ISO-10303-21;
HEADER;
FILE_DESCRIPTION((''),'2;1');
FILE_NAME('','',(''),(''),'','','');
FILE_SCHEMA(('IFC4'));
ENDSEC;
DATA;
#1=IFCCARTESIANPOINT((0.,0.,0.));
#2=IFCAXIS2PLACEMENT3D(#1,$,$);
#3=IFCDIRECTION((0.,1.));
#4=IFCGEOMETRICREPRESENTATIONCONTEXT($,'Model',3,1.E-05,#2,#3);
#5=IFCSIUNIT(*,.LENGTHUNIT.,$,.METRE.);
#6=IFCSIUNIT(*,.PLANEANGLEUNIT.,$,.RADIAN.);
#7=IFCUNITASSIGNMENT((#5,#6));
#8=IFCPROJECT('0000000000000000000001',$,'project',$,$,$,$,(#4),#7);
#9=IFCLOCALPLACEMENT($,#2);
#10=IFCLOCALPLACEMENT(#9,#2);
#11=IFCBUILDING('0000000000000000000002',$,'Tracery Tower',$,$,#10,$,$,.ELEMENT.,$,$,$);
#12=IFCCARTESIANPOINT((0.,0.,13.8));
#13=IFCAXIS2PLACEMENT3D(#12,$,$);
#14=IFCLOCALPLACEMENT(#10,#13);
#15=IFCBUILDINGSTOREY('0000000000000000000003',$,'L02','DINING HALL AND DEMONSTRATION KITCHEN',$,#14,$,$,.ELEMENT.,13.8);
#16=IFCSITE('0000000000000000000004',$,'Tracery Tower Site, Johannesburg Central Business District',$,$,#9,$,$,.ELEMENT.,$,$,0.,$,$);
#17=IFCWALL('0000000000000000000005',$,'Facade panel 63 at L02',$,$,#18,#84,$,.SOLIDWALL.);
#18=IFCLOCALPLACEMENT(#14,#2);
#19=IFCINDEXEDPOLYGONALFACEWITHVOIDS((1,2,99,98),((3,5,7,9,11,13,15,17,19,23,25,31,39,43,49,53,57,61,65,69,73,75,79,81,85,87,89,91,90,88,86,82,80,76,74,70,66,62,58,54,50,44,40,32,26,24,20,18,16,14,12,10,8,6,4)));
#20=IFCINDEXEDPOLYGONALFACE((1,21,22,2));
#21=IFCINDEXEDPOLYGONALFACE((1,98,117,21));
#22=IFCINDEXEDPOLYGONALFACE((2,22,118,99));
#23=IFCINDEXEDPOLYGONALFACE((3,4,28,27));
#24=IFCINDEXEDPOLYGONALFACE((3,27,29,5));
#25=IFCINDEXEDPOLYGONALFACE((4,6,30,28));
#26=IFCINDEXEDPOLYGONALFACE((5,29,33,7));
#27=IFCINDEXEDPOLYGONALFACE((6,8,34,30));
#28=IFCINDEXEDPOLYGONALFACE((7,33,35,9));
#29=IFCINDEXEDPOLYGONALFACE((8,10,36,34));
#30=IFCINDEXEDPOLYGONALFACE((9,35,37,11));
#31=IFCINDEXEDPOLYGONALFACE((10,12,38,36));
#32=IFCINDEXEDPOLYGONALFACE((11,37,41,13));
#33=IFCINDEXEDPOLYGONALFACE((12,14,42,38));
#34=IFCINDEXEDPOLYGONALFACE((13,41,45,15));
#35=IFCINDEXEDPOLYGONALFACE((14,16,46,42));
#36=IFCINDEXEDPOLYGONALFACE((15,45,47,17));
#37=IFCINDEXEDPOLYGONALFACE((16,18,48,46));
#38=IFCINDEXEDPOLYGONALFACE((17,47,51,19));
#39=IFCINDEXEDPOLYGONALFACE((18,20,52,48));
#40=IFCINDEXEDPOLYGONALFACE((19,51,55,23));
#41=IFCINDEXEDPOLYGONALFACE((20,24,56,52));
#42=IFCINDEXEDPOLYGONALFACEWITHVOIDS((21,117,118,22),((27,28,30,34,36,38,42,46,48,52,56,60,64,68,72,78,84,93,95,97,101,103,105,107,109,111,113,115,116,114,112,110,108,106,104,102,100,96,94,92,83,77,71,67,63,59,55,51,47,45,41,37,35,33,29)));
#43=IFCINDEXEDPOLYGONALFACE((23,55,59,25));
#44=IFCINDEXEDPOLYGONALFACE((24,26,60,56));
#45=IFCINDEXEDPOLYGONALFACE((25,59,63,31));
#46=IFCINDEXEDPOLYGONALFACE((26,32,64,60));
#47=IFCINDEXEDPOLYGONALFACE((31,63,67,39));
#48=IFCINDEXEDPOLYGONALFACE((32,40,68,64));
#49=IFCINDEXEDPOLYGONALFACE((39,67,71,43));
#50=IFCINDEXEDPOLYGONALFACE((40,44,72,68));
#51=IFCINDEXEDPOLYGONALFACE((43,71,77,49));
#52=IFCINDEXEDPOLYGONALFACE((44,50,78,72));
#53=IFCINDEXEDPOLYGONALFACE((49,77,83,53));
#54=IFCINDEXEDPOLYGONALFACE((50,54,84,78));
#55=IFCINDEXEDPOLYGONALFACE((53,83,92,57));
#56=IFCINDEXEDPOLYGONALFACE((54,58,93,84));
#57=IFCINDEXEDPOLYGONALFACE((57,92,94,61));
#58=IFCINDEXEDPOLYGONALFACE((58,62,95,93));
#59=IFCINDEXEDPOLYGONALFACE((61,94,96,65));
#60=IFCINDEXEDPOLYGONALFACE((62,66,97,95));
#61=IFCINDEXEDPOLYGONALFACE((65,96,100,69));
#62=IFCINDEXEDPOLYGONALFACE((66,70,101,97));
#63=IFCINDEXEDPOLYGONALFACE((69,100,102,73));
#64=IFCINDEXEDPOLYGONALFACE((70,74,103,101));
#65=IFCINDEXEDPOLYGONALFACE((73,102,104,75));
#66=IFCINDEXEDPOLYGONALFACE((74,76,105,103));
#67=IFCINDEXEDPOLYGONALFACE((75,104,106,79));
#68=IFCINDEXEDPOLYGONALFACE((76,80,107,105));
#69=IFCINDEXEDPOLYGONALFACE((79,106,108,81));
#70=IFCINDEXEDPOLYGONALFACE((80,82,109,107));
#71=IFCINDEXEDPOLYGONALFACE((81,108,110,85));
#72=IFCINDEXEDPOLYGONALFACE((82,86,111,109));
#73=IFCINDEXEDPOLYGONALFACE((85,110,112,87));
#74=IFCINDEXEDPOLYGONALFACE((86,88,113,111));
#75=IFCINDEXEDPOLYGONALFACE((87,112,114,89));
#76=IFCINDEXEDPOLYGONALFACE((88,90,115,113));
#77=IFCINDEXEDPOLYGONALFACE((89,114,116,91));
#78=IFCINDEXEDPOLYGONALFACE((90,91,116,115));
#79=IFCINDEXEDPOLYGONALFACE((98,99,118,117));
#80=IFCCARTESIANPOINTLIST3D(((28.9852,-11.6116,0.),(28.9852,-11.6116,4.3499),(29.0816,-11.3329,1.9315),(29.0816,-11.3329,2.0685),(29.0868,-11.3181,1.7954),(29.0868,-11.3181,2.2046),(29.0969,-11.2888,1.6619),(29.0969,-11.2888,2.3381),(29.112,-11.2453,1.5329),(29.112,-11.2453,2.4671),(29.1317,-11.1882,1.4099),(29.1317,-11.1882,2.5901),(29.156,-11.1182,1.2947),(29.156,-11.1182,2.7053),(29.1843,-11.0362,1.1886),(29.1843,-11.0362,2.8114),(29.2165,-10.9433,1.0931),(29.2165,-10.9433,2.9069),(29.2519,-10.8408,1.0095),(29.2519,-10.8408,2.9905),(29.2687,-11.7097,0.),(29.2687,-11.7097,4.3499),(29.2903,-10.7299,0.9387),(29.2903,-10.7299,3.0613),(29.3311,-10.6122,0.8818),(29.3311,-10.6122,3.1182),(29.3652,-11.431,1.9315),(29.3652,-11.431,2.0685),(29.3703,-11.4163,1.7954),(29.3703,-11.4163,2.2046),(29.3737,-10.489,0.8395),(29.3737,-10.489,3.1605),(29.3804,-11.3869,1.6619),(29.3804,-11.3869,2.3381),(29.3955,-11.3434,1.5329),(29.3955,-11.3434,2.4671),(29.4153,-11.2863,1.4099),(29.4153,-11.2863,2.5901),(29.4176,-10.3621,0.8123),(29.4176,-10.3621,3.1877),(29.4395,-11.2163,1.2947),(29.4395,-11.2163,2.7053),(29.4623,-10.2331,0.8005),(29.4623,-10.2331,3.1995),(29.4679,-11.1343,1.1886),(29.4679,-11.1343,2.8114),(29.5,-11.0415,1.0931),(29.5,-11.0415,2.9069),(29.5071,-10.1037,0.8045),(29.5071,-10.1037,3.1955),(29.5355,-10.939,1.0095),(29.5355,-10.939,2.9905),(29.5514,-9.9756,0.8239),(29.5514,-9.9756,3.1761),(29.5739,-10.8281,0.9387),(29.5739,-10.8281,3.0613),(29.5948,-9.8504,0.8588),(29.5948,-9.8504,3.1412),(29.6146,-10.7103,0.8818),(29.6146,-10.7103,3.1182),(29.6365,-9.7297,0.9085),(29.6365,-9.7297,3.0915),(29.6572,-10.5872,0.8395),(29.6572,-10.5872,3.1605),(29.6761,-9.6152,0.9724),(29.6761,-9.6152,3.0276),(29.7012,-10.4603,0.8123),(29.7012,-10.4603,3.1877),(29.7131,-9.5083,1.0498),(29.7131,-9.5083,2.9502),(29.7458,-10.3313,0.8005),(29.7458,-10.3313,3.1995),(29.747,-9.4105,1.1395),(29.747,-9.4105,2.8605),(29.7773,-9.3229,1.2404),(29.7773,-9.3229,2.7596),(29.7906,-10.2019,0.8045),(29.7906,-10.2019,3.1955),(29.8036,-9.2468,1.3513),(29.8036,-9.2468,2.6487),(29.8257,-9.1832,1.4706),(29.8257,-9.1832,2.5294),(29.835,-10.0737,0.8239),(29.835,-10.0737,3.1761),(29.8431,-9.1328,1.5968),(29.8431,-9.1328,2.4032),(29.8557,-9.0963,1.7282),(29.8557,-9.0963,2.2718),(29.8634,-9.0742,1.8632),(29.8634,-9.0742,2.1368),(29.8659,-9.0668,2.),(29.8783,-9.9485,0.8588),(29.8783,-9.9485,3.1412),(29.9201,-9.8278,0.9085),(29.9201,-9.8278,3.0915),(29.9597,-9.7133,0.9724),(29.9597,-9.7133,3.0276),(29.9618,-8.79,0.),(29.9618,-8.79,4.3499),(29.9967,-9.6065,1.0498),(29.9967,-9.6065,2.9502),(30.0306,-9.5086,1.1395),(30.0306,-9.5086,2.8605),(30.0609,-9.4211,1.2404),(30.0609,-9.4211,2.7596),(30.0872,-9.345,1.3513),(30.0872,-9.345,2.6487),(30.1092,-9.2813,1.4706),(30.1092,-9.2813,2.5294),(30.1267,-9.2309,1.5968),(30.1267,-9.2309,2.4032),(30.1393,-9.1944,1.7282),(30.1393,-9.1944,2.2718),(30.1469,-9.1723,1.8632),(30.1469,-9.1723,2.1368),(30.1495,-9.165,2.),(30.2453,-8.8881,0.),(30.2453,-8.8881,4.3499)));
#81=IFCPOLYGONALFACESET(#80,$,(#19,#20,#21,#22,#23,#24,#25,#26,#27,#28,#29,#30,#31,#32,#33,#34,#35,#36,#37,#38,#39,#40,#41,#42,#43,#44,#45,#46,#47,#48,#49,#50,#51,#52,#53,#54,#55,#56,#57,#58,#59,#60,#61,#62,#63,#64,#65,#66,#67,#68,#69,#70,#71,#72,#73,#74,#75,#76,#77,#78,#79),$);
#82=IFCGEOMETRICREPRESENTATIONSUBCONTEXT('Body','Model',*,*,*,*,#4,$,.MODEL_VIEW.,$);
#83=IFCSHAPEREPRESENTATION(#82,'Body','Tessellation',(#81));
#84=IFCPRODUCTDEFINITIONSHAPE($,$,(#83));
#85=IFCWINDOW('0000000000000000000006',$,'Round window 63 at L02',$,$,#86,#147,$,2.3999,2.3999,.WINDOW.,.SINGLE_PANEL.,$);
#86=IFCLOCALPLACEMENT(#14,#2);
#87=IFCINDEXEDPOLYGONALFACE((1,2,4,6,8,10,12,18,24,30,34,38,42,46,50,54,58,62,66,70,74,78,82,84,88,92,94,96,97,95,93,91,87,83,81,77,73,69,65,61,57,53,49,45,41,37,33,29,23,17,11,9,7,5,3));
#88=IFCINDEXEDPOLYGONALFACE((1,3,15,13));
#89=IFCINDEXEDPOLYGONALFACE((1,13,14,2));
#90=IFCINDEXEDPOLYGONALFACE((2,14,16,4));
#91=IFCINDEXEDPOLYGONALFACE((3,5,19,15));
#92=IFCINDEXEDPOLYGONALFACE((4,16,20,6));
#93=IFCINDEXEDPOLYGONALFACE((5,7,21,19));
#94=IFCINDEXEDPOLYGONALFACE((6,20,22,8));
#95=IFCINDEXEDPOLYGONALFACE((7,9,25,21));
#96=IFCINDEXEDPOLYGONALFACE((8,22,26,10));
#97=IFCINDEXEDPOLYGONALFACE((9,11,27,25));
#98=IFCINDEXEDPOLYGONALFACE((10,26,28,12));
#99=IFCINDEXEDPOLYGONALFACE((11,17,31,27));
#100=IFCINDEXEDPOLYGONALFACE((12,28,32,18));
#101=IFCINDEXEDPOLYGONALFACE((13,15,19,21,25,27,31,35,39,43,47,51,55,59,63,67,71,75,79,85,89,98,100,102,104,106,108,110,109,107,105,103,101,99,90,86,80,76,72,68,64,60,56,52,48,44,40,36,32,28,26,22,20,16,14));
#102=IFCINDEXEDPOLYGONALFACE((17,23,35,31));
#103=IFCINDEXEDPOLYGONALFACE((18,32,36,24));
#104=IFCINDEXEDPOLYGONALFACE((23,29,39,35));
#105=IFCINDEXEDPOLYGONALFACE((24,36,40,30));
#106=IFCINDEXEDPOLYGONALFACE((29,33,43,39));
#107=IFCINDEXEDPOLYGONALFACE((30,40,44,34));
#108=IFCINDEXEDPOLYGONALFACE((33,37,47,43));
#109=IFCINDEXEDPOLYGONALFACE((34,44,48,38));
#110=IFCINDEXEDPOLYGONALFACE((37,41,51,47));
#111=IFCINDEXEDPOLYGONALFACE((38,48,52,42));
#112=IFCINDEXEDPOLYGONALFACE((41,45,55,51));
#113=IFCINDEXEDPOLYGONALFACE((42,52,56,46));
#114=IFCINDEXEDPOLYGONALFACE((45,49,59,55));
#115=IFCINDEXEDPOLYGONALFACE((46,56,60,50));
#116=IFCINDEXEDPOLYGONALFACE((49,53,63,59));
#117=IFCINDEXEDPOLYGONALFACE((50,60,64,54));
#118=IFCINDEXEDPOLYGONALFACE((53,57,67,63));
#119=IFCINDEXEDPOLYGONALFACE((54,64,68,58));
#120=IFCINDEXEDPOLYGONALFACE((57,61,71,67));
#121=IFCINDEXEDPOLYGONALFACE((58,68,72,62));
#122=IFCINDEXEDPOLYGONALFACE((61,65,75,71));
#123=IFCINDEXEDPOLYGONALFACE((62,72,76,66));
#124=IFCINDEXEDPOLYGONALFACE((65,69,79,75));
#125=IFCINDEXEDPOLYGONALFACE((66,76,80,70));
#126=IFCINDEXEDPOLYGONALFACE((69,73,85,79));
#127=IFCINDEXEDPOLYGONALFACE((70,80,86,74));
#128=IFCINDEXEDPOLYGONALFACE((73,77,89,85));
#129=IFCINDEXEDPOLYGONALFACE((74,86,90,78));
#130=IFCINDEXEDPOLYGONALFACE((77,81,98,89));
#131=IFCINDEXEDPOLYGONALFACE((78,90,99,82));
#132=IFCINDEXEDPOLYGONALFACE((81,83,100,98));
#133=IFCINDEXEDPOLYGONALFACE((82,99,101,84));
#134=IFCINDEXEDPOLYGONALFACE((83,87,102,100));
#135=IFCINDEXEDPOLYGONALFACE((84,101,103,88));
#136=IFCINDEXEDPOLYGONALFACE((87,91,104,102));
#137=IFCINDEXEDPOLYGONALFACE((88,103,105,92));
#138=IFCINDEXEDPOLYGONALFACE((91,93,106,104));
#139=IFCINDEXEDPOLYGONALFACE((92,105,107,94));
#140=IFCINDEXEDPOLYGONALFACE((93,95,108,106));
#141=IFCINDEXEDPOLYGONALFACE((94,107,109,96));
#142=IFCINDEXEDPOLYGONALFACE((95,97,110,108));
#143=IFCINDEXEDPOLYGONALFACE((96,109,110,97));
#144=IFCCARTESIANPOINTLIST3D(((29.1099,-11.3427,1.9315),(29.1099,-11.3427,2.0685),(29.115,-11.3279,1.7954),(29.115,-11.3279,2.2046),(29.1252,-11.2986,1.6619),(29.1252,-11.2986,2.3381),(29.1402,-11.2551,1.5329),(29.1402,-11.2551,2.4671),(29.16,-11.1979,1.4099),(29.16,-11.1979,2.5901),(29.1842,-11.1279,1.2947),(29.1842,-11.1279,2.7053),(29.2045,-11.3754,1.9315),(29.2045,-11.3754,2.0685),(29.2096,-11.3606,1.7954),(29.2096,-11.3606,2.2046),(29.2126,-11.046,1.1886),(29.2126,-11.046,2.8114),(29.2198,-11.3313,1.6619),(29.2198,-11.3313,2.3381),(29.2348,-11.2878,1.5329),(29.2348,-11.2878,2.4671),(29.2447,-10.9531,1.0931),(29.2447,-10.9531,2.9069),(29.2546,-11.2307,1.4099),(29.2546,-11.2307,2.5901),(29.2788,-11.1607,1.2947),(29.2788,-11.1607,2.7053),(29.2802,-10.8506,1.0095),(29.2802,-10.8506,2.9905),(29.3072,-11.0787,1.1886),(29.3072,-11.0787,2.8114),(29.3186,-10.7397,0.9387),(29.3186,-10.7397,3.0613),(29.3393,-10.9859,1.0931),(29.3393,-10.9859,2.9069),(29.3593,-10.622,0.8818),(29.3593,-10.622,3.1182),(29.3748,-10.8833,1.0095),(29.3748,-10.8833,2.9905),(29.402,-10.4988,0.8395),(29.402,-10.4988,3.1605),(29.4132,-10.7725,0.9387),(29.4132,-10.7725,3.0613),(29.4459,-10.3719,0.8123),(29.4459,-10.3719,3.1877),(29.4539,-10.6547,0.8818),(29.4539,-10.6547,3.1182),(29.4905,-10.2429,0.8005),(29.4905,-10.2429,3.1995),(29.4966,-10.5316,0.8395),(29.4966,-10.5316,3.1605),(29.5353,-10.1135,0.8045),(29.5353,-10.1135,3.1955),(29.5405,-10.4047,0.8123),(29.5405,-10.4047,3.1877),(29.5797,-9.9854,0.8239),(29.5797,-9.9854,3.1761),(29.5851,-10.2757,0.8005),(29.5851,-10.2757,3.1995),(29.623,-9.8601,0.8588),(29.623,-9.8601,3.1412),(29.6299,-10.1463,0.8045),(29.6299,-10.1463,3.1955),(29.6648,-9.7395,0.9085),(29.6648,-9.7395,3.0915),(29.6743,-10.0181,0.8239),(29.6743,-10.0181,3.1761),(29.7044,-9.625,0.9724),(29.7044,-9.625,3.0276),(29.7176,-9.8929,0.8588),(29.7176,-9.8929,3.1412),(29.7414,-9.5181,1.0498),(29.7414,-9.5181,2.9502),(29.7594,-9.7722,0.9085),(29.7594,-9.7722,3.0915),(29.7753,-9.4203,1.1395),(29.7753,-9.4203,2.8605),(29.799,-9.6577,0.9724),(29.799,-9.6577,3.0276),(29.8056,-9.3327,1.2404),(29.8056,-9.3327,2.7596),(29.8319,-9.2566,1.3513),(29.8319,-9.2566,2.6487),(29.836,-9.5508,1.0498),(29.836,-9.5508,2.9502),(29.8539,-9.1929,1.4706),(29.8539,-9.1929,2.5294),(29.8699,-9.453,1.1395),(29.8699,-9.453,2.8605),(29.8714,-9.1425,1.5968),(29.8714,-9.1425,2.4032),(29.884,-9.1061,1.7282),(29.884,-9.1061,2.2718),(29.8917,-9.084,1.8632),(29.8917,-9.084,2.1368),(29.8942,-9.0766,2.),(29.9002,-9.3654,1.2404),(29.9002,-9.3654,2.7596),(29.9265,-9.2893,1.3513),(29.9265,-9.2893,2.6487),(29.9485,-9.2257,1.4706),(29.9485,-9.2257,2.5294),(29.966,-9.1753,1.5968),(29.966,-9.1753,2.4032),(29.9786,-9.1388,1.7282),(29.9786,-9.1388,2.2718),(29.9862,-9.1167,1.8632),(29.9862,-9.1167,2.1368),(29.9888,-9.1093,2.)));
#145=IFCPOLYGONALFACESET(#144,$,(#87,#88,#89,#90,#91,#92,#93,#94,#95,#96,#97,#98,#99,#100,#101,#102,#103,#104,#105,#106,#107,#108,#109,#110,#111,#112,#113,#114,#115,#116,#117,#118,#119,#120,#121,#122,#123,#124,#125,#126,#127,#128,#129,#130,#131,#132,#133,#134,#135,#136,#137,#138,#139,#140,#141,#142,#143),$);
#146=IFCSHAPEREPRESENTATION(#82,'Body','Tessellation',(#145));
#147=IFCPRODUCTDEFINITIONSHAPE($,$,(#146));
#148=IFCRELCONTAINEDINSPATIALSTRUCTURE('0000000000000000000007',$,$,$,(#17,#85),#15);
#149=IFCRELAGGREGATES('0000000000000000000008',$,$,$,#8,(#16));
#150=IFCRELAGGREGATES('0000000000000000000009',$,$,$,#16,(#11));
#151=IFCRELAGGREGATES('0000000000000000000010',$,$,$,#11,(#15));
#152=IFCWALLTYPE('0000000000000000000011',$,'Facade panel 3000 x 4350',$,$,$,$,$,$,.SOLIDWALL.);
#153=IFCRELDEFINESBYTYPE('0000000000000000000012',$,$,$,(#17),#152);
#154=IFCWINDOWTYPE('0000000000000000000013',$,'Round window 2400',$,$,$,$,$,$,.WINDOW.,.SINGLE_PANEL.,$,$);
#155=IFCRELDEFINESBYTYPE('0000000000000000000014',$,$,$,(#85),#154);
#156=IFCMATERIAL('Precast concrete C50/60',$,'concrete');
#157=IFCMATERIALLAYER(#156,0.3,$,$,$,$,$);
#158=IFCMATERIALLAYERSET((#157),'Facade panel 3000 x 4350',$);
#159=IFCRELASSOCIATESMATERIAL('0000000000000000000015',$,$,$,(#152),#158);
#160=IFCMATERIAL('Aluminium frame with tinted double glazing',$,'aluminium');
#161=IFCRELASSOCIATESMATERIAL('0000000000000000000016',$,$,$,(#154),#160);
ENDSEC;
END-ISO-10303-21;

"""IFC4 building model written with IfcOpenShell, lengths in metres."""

from ifc_helpers import new_model, si_unit, direction, frame, frame_2d, origin, origin_2d, place, context, subcontext, project, spatial, rectangle, circle, extrude, material, layer, layer_set, type_object, element, fill, save


model = new_model("IFC4")

# Units and contexts
model_context = context("Model", 3, precision=1e-05, world=origin(), true_north=direction((0.0, 1.0)))
body_context = subcontext(model_context, "Body", "Model", "MODEL_VIEW")
ifc_project = project(units=[si_unit("LENGTHUNIT", "METRE"), si_unit("PLANEANGLEUNIT", "RADIAN")], contexts=[model_context])

# Site, building, storey
site_placement = place(None, origin())
site = spatial("IfcSite", under=ifc_project, at=site_placement, Name="Tracery Tower Site, Johannesburg Central Business District", CompositionType="ELEMENT", RefElevation=0.0)
building_placement = place(site_placement, origin())
building = spatial("IfcBuilding", under=site, at=building_placement, Name="Tracery Tower", CompositionType="ELEMENT")
storey_placement = place(building_placement, frame((0.0, 0.0, 13.8)))
storey = spatial("IfcBuildingStorey", under=building, at=storey_placement, Name="L02", Description="DINING HALL AND DEMONSTRATION KITCHEN", CompositionType="ELEMENT", Elevation=13.8)

# Wall, opening, window
ifc_material_1 = material(Name="Precast concrete C50/60", Category="concrete")
ifc_layer_1 = layer(ifc_material_1, 0.3)
ifc_layer_set_1 = layer_set([ifc_layer_1], Name="Facade panel 3000 x 4350")
wall_type_1 = type_object("IfcWallType", Name="Facade panel 3000 x 4350", PredefinedType="SOLIDWALL", material=ifc_layer_set_1)
ifc_material_2 = material(Name="Aluminium frame with tinted double glazing", Category="aluminium")
window_type = type_object("IfcWindowType", Name="Round window 2400", PartitioningType="SINGLE_PANEL", PredefinedType="WINDOW", material=ifc_material_2)
wall_1_placement = place(storey_placement, frame((29.127, -11.6606, 0.0), z_axis=(0.0, 0.0, 1.0), x_axis=(0.327074, 0.944999, 0.0)))
wall_1 = element("IfcWall", 1, at=wall_1_placement, inside=storey, type_object=wall_type_1, Name="Facade panel 63 at L02", PredefinedType="SOLIDWALL", context=body_context, shape_type="SweptSolid", body=[
    extrude(rectangle(XDim=2.9858, YDim=0.3, at=frame_2d((1.4929, 0.0))), origin(), (0.0, 0.0, 1.0), 4.3499),
])
opening_1_placement = place(wall_1_placement, frame((1.4929, 0.0, 2.0)))
opening_1 = element("IfcOpeningElement", 2, at=opening_1_placement, cuts=wall_1, PredefinedType="OPENING", context=body_context, shape_type="SweptSolid", body=[
    extrude(circle(Radius=1.2, at=origin_2d()), frame((0.0, 0.1599, 0.0), z_axis=(0.0, -1.0, 0.0), x_axis=(1.0, 0.0, 0.0)), (0.0, 0.0, 1.0), 0.3201),
])
window_1_placement = place(opening_1_placement, origin())
window_1 = element("IfcWindow", 3, at=window_1_placement, inside=storey, type_object=window_type, Name="Round window 63 at L02", OverallHeight=2.3999, OverallWidth=2.3999, PartitioningType="SINGLE_PANEL", PredefinedType="WINDOW", context=body_context, shape_type="SweptSolid", body=[
    extrude(circle(Radius=1.2, at=origin_2d()), frame((0.0, 0.1201, 0.0), z_axis=(0.0, -1.0, 0.0), x_axis=(1.0, 0.0, 0.0)), (0.0, 0.0, 1.0), 0.1001),
])
fill(opening_1, window_1)

save(model, "model.ifc")
